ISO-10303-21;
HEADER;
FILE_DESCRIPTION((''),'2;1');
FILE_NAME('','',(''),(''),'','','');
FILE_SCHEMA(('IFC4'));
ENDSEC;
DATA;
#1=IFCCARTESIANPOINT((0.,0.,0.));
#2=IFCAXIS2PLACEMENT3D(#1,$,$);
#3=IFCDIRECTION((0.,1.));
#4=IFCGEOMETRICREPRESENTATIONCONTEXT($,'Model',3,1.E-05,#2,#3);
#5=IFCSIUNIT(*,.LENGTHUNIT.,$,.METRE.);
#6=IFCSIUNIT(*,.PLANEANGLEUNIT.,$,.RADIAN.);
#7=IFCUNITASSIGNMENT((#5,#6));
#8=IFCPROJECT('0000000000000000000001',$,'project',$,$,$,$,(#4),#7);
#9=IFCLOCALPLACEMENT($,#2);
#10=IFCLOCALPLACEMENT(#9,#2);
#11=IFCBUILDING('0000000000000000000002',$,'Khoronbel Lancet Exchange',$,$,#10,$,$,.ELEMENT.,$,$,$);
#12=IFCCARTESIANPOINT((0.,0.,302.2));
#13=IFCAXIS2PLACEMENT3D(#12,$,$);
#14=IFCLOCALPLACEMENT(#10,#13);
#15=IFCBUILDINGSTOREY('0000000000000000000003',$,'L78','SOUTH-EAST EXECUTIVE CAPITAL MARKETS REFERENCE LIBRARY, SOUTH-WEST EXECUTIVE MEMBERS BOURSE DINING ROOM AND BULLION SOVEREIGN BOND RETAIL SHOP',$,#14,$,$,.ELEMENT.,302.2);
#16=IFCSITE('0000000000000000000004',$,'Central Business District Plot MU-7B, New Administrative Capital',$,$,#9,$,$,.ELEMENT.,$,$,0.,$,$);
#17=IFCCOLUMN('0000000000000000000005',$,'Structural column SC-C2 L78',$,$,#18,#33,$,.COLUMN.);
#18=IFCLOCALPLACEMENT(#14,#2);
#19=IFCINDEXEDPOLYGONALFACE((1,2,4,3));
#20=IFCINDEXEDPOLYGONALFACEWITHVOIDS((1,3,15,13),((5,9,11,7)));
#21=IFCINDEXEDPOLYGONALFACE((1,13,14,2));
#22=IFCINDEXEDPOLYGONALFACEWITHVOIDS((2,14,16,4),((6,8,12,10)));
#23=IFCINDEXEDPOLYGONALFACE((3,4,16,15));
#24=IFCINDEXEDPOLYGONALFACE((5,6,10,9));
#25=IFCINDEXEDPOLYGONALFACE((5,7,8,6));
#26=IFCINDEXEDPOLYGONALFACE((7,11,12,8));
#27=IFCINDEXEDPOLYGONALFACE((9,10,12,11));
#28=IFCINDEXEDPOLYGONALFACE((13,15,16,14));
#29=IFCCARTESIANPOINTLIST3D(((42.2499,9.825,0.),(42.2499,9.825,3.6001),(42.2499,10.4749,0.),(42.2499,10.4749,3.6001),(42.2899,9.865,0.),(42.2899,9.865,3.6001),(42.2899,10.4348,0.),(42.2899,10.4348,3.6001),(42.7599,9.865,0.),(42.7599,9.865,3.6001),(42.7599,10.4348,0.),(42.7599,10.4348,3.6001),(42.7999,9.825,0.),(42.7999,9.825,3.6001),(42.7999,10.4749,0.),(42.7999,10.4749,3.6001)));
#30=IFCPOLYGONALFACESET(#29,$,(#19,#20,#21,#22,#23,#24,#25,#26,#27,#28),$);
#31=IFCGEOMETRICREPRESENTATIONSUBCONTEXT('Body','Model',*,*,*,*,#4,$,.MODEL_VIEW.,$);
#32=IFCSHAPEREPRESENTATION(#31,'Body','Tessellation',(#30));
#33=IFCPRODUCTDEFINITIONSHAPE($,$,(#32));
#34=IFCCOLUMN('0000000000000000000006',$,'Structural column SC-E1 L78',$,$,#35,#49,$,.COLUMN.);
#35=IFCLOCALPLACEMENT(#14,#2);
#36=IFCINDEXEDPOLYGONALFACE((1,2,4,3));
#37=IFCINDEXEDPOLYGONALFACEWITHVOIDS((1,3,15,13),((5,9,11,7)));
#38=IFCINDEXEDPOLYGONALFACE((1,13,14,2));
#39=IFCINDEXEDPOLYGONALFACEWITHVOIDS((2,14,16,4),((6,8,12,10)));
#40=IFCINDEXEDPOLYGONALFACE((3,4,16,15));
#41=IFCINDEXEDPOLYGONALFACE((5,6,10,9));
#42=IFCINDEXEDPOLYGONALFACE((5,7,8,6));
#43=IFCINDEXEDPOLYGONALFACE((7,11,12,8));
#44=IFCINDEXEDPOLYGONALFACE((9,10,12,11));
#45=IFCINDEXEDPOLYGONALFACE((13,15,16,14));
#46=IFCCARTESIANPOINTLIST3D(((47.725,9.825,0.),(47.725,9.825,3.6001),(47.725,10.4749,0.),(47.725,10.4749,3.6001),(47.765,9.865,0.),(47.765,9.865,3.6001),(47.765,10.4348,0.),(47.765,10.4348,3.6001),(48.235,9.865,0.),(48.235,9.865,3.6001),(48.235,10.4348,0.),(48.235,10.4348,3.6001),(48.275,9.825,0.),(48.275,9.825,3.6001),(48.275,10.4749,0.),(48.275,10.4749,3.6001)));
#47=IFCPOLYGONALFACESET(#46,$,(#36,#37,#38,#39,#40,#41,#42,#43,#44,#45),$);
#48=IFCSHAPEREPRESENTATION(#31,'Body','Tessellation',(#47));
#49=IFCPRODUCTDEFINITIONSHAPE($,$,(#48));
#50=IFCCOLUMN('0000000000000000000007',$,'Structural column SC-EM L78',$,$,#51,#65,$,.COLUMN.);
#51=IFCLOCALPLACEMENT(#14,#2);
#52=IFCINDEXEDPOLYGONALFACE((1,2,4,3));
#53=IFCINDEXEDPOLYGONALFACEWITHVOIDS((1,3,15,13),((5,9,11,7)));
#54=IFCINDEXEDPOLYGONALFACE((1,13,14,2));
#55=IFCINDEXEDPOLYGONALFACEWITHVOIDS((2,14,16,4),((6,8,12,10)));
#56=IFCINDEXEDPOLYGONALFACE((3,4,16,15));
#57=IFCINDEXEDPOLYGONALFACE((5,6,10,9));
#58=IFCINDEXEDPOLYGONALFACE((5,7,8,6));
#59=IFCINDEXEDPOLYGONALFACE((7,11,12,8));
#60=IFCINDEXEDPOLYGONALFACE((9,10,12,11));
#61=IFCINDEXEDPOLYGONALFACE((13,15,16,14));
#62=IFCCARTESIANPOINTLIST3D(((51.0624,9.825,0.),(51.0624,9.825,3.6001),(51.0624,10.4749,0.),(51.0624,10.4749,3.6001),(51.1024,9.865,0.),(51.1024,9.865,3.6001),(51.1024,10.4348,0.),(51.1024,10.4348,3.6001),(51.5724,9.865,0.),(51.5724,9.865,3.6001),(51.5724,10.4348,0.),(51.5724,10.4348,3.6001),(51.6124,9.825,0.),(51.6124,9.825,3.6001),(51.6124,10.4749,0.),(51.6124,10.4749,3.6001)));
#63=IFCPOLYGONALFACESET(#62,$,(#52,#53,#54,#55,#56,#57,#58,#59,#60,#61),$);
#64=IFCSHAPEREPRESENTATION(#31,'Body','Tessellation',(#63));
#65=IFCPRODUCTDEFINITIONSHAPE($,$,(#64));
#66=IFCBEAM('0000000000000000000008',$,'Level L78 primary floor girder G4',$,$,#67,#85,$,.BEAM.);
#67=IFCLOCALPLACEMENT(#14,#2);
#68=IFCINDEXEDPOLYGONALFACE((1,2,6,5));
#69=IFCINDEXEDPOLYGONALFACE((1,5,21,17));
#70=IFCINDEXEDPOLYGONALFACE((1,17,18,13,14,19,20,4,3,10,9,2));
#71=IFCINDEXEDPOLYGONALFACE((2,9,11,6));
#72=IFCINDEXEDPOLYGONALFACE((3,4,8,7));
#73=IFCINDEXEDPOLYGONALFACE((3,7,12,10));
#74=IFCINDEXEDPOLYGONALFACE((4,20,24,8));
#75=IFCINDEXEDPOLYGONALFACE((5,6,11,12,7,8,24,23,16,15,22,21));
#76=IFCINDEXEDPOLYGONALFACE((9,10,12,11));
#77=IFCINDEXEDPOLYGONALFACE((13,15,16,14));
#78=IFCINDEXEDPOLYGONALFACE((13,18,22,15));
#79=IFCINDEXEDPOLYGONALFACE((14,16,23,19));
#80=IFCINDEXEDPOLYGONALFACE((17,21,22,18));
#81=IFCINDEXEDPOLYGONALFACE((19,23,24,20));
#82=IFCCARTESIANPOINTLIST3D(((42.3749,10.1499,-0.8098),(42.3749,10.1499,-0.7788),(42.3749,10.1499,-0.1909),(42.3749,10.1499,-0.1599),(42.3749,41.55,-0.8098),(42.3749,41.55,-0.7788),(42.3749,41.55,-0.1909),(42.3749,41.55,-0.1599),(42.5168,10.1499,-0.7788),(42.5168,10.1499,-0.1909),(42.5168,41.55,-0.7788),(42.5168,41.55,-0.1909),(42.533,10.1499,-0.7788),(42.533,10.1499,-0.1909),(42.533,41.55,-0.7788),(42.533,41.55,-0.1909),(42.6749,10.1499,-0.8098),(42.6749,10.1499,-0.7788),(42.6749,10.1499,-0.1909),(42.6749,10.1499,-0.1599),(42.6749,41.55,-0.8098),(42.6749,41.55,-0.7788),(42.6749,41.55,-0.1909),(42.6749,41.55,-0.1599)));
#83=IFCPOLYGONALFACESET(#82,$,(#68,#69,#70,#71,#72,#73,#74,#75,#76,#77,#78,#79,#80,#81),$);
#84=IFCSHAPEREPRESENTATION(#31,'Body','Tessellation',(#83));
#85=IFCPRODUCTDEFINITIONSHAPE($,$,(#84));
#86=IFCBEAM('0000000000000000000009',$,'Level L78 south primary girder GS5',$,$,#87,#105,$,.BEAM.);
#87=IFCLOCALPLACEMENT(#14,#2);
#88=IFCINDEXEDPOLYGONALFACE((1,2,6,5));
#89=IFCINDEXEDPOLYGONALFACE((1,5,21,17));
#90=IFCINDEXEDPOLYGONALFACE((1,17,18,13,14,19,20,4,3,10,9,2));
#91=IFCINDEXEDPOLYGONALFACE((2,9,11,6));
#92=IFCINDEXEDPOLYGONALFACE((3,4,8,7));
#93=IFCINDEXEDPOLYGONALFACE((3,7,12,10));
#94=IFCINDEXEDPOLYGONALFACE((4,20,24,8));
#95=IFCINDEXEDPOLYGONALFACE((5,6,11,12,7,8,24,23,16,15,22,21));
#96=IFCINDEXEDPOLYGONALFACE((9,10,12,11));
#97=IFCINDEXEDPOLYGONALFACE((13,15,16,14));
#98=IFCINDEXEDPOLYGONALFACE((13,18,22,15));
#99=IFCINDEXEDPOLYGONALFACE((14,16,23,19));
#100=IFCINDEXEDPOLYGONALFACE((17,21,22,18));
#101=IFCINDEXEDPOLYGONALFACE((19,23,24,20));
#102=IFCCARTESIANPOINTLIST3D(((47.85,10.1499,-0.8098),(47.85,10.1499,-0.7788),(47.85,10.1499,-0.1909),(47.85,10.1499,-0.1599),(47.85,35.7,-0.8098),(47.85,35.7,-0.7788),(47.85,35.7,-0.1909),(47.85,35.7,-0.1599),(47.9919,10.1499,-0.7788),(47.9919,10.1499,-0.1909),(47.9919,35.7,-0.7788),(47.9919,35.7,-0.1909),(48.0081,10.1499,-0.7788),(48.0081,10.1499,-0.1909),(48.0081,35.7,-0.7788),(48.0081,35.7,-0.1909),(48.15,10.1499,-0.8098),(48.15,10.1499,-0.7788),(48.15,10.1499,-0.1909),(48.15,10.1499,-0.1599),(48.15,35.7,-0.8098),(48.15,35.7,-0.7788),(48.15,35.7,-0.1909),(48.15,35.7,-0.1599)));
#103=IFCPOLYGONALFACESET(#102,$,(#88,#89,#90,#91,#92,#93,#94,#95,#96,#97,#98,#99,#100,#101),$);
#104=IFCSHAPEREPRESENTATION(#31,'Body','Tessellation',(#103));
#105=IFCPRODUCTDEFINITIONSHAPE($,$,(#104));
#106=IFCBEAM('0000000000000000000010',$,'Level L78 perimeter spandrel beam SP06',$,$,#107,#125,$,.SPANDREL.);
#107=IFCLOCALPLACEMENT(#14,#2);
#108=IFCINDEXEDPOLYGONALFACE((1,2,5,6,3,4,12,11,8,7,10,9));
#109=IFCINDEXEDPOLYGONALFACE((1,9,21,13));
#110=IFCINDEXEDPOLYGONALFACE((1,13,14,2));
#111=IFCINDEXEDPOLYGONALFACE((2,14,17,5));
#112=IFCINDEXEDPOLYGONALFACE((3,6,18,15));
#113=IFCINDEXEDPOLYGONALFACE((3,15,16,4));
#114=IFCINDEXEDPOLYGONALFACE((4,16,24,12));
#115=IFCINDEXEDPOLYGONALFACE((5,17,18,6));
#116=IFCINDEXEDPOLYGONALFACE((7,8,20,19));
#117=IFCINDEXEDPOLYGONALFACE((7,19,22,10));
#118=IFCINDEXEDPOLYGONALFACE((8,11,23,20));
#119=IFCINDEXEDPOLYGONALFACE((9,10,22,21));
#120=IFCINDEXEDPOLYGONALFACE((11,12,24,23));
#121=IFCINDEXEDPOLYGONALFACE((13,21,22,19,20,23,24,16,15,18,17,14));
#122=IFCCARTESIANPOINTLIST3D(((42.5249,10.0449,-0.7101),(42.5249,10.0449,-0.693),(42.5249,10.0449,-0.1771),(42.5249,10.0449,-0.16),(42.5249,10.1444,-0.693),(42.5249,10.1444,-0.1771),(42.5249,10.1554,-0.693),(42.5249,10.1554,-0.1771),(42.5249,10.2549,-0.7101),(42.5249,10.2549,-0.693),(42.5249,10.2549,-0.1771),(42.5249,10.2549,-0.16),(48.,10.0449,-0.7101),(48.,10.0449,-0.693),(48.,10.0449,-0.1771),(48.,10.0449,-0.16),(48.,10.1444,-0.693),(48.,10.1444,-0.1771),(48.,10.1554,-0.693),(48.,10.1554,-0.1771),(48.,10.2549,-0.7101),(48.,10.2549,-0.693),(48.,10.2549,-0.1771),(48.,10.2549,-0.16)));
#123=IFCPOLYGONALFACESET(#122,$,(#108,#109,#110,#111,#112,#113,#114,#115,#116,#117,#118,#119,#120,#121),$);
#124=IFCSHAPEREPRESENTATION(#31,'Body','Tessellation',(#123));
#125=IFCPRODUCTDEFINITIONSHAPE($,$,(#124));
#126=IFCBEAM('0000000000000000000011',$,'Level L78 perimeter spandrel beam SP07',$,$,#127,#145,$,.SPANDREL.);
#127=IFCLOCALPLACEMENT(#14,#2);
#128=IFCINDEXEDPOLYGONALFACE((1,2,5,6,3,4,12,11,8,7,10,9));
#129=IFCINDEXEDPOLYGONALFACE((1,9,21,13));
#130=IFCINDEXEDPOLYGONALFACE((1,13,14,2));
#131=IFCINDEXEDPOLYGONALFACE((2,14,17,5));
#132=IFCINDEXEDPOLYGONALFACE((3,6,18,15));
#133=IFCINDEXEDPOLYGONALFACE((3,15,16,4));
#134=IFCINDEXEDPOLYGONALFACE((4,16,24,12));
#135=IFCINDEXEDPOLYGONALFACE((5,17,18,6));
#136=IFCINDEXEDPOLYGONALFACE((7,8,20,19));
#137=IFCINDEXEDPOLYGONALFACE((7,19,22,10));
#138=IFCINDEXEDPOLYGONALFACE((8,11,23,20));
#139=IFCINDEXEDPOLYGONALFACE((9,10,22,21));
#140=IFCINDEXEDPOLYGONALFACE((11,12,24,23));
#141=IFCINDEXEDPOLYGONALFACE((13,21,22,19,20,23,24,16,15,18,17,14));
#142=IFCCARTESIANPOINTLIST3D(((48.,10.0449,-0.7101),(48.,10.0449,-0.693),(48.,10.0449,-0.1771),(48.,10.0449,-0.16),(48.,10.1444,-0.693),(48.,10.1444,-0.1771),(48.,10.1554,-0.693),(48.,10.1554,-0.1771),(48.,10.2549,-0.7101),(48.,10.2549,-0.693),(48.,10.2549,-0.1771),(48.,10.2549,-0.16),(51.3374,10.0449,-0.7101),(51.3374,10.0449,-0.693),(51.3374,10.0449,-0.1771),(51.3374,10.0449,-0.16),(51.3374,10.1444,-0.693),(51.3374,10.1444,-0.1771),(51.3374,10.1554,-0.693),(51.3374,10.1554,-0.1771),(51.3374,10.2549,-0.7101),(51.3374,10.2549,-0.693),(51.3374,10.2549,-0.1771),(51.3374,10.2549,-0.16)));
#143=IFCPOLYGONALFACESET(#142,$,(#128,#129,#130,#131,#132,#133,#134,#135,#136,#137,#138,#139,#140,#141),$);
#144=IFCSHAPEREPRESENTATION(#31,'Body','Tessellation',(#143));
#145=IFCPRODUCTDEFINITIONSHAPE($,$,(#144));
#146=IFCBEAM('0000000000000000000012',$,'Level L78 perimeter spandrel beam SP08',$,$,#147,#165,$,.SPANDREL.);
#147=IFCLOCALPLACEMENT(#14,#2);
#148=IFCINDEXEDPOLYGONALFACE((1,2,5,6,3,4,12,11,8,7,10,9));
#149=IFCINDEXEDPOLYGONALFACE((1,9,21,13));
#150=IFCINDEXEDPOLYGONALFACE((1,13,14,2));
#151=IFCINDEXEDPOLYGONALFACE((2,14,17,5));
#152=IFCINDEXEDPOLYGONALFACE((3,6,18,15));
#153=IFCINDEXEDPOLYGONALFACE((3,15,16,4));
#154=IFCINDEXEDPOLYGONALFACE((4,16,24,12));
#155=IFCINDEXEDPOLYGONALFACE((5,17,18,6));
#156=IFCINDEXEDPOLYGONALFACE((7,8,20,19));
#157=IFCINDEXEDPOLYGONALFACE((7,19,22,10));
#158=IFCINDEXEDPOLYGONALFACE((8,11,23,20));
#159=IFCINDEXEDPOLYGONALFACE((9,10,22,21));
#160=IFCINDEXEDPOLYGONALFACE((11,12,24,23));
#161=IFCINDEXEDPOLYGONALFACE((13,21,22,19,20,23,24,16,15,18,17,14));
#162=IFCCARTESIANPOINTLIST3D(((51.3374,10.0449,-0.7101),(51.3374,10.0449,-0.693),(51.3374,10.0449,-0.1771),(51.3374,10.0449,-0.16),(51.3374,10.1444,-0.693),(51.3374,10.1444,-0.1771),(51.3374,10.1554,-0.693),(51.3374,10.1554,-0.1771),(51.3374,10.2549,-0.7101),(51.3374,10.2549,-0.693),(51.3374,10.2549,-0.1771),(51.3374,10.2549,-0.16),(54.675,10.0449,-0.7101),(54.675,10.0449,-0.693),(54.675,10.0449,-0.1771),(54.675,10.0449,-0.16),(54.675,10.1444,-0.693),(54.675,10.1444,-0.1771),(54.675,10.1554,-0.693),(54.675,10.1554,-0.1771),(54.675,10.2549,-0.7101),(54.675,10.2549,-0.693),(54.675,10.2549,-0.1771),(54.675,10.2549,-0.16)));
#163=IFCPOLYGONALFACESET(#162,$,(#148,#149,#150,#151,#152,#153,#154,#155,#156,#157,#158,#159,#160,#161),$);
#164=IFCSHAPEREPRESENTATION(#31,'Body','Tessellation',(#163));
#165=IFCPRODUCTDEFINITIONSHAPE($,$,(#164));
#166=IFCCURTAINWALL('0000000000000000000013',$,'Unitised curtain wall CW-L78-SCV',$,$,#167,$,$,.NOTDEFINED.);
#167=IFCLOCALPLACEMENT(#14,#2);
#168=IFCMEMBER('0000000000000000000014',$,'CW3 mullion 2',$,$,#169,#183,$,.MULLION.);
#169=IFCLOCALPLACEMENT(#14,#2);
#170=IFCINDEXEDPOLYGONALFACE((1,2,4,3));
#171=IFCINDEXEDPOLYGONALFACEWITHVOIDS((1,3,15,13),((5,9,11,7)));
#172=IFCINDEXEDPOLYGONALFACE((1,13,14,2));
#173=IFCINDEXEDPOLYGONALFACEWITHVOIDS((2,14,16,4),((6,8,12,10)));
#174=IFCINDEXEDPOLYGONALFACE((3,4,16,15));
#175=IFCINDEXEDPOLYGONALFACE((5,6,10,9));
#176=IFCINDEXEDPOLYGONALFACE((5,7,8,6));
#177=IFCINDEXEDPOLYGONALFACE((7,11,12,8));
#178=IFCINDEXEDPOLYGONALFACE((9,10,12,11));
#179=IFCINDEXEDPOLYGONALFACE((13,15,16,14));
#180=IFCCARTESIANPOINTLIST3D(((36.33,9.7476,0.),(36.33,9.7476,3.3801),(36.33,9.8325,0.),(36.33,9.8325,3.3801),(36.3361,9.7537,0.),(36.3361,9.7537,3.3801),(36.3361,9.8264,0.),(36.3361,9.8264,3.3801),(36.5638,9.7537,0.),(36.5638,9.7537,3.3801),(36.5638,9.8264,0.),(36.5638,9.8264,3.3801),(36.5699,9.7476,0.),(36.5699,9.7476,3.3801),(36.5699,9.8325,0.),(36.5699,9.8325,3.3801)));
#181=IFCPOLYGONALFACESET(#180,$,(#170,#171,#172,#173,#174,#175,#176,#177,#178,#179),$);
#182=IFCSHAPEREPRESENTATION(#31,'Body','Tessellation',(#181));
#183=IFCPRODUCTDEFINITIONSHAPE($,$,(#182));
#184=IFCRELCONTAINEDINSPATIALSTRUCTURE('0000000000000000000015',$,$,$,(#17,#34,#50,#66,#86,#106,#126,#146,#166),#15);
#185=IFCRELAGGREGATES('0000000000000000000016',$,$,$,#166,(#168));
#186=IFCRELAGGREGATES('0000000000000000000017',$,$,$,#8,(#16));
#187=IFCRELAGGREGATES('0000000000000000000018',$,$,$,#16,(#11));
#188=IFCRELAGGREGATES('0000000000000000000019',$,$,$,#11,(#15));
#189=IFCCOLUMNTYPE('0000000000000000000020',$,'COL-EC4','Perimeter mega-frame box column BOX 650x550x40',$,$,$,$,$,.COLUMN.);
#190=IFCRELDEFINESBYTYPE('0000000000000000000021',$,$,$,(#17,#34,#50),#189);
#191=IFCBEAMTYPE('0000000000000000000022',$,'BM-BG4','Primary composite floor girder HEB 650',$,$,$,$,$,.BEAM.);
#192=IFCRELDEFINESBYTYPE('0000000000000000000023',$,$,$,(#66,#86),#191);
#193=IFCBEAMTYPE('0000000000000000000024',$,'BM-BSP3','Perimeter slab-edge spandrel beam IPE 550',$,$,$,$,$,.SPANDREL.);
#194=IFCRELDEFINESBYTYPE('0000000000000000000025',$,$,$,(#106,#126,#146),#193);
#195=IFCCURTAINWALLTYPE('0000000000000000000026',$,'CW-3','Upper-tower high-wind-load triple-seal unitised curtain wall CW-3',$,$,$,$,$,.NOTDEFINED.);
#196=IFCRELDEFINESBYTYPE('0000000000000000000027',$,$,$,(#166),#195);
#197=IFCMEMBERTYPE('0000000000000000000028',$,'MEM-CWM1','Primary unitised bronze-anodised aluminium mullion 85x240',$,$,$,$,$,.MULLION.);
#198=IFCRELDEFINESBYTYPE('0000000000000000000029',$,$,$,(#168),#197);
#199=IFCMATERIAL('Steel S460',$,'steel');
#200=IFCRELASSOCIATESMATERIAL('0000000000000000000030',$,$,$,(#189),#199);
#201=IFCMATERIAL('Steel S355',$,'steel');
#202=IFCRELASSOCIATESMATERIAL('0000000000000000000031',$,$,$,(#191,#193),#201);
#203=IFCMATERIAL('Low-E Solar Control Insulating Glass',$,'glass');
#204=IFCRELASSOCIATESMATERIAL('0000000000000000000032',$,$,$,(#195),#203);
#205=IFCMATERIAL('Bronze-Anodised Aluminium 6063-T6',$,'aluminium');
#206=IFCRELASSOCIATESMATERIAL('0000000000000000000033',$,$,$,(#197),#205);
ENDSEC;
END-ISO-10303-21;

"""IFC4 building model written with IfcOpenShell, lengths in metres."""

from ifc_helpers import new_model, si_unit, direction, frame, origin, origin_2d, place, context, subcontext, project, spatial, hollow_rectangle, i_section, extrude, material, material_profile, profile_set, type_object, element, aggregate, save


model = new_model("IFC4")

# Units and contexts
model_context = context("Model", 3, precision=1e-05, world=origin(), true_north=direction((0.0, 1.0)))
body_context = subcontext(model_context, "Body", "Model", "MODEL_VIEW")
ifc_project = project(units=[si_unit("LENGTHUNIT", "METRE"), si_unit("PLANEANGLEUNIT", "RADIAN")], contexts=[model_context])

# Site, building, storey
site_placement = place(None, origin())
site = spatial("IfcSite", under=ifc_project, at=site_placement, Name="Central Business District Plot MU-7B, New Administrative Capital", CompositionType="ELEMENT", RefElevation=0.0)
building_placement = place(site_placement, origin())
building = spatial("IfcBuilding", under=site, at=building_placement, Name="Khoronbel Lancet Exchange", CompositionType="ELEMENT")
storey_placement = place(building_placement, frame((0.0, 0.0, 302.2)))
storey = spatial("IfcBuildingStorey", under=building, at=storey_placement, Name="L78", Description="SOUTH-EAST EXECUTIVE CAPITAL MARKETS REFERENCE LIBRARY, SOUTH-WEST EXECUTIVE MEMBERS BOURSE DINING ROOM AND BULLION SOVEREIGN BOND RETAIL SHOP", CompositionType="ELEMENT", Elevation=302.2)

# Columns
ifc_material_1 = material(Name="Steel S460", Category="steel")
ifc_material_profile_1 = material_profile(ifc_material_1, hollow_rectangle(XDim=0.55, YDim=0.6499, WallThickness=0.04, at=origin_2d()), Name="BOX 650x550x40")
ifc_profile_set_1 = profile_set([ifc_material_profile_1], Name="Steel S460")
column_type = type_object("IfcColumnType", Name="COL-EC4", Description="Perimeter mega-frame box column BOX 650x550x40", PredefinedType="COLUMN", material=ifc_profile_set_1)
for number, where, z_axis, x_axis, name in (
    (1, (42.5249, 10.1499, 0.0), (0.0, 0.0, 1.0), (1.0, 0.0, 0.0), "Structural column SC-C2 L78"),
    (2, (48.0, 10.1499, 0.0), (0.0, 0.0, 1.0), (1.0, 0.0, 0.0), "Structural column SC-E1 L78"),
    (3, (51.3374, 10.1499, 0.0), (0.0, 0.0, 1.0), (1.0, 0.0, 0.0), "Structural column SC-EM L78"),
):
    element("IfcColumn", number, at=place(storey_placement, frame(where, z_axis=z_axis, x_axis=x_axis)), inside=storey, type_object=column_type, Name=name, PredefinedType="COLUMN", context=body_context, shape_type="SweptSolid", body=[
        extrude(hollow_rectangle(XDim=0.55, YDim=0.6499, WallThickness=0.04, at=origin_2d()), origin(), (0.0, 0.0, 1.0), 3.6001),
    ])

# Beams
ifc_material_2 = material(Name="Steel S355", Category="steel")
ifc_material_profile_2 = material_profile(ifc_material_2, i_section(OverallWidth=0.3, OverallDepth=0.6499, WebThickness=0.0161, FlangeThickness=0.031, at=origin_2d()), Name="HEB 650")
ifc_profile_set_2 = profile_set([ifc_material_profile_2], Name="Steel S355")
beam_type_1 = type_object("IfcBeamType", Name="BM-BG4", Description="Primary composite floor girder HEB 650", PredefinedType="BEAM", material=ifc_profile_set_2)
beam_1_placement = place(storey_placement, frame((42.5249, 10.1499, -0.4849), z_axis=(0.0, 1.0, 0.0), x_axis=(-1.0, 0.0, 0.0)))
element("IfcBeam", 4, at=beam_1_placement, inside=storey, type_object=beam_type_1, Name="Level L78 primary floor girder G4", PredefinedType="BEAM", context=body_context, shape_type="SweptSolid", body=[
    extrude(i_section(OverallWidth=0.3, OverallDepth=0.6499, WebThickness=0.0161, FlangeThickness=0.031, at=origin_2d()), origin(), (0.0, 0.0, 1.0), 31.4001),
])
beam_2_placement = place(storey_placement, frame((48.0, 10.1499, -0.4849), z_axis=(0.0, 1.0, 0.0), x_axis=(-1.0, 0.0, 0.0)))
element("IfcBeam", 5, at=beam_2_placement, inside=storey, type_object=beam_type_1, Name="Level L78 south primary girder GS5", PredefinedType="BEAM", context=body_context, shape_type="SweptSolid", body=[
    extrude(i_section(OverallWidth=0.3, OverallDepth=0.6499, WebThickness=0.0161, FlangeThickness=0.031, at=origin_2d()), origin(), (0.0, 0.0, 1.0), 25.55),
])
ifc_material_profile_3 = material_profile(ifc_material_2, i_section(OverallWidth=0.21, OverallDepth=0.55, WebThickness=0.011, FlangeThickness=0.0171, at=origin_2d()), Name="IPE 550")
ifc_profile_set_3 = profile_set([ifc_material_profile_3], Name="Steel S355")
beam_type_2 = type_object("IfcBeamType", Name="BM-BSP3", Description="Perimeter slab-edge spandrel beam IPE 550", PredefinedType="SPANDREL", material=ifc_profile_set_3)
beam_3_placement = place(storey_placement, frame((42.5249, 10.1499, -0.4351), z_axis=(1.0, 0.0, 0.0), x_axis=(0.0, 1.0, 0.0)))
element("IfcBeam", 6, at=beam_3_placement, inside=storey, type_object=beam_type_2, Name="Level L78 perimeter spandrel beam SP06", PredefinedType="SPANDREL", context=body_context, shape_type="SweptSolid", body=[
    extrude(i_section(OverallWidth=0.21, OverallDepth=0.55, WebThickness=0.011, FlangeThickness=0.0171, at=origin_2d()), origin(), (0.0, 0.0, 1.0), 5.4751),
])
beam_4_placement = place(storey_placement, frame((48.0, 10.1499, -0.4351), z_axis=(1.0, 0.0, 0.0), x_axis=(0.0, 1.0, 0.0)))
element("IfcBeam", 7, at=beam_4_placement, inside=storey, type_object=beam_type_2, Name="Level L78 perimeter spandrel beam SP07", PredefinedType="SPANDREL", context=body_context, shape_type="SweptSolid", body=[
    extrude(i_section(OverallWidth=0.21, OverallDepth=0.55, WebThickness=0.011, FlangeThickness=0.0171, at=origin_2d()), origin(), (0.0, 0.0, 1.0), 3.3374),
])
beam_5_placement = place(storey_placement, frame((51.3374, 10.1499, -0.4351), z_axis=(1.0, 0.0, 0.0), x_axis=(0.0, 1.0, 0.0)))
element("IfcBeam", 8, at=beam_5_placement, inside=storey, type_object=beam_type_2, Name="Level L78 perimeter spandrel beam SP08", PredefinedType="SPANDREL", context=body_context, shape_type="SweptSolid", body=[
    extrude(i_section(OverallWidth=0.21, OverallDepth=0.55, WebThickness=0.011, FlangeThickness=0.0171, at=origin_2d()), origin(), (0.0, 0.0, 1.0), 3.3376),
])

# Curtain wall, member
ifc_material_3 = material(Name="Low-E Solar Control Insulating Glass", Category="glass")
curtain_wall_type = type_object("IfcCurtainWallType", Name="CW-3", Description="Upper-tower high-wind-load triple-seal unitised curtain wall CW-3", PredefinedType="NOTDEFINED", material=ifc_material_3)
curtain_wall_1_placement = place(storey_placement, origin())
curtain_wall_1 = element("IfcCurtainWall", 9, at=curtain_wall_1_placement, inside=storey, type_object=curtain_wall_type, Name="Unitised curtain wall CW-L78-SCV", PredefinedType="NOTDEFINED")
ifc_material_4 = material(Name="Bronze-Anodised Aluminium 6063-T6", Category="aluminium")
ifc_material_profile_4 = material_profile(ifc_material_4, hollow_rectangle(XDim=0.085, YDim=0.24, WallThickness=0.0061, at=origin_2d()), Name="ALU MULLION 85x240")
ifc_profile_set_4 = profile_set([ifc_material_profile_4], Name="Bronze-Anodised Aluminium 6063-T6")
member_type_1 = type_object("IfcMemberType", Name="MEM-CWM1", Description="Primary unitised bronze-anodised aluminium mullion 85x240", PredefinedType="MULLION", material=ifc_profile_set_4)
member_1_placement = place(storey_placement, frame((36.45, 9.79, 0.0), z_axis=(0.0, 0.0, 1.0), x_axis=(0.0, 1.0, 0.0)))
member_1 = element("IfcMember", 10, at=member_1_placement, type_object=member_type_1, Name="CW3 mullion 2", PredefinedType="MULLION", context=body_context, shape_type="SweptSolid", body=[
    extrude(hollow_rectangle(XDim=0.085, YDim=0.24, WallThickness=0.0061, at=origin_2d()), origin(), (0.0, 0.0, 1.0), 3.3801),
])

aggregate(curtain_wall_1, [member_1])

save(model, "model.ifc")
